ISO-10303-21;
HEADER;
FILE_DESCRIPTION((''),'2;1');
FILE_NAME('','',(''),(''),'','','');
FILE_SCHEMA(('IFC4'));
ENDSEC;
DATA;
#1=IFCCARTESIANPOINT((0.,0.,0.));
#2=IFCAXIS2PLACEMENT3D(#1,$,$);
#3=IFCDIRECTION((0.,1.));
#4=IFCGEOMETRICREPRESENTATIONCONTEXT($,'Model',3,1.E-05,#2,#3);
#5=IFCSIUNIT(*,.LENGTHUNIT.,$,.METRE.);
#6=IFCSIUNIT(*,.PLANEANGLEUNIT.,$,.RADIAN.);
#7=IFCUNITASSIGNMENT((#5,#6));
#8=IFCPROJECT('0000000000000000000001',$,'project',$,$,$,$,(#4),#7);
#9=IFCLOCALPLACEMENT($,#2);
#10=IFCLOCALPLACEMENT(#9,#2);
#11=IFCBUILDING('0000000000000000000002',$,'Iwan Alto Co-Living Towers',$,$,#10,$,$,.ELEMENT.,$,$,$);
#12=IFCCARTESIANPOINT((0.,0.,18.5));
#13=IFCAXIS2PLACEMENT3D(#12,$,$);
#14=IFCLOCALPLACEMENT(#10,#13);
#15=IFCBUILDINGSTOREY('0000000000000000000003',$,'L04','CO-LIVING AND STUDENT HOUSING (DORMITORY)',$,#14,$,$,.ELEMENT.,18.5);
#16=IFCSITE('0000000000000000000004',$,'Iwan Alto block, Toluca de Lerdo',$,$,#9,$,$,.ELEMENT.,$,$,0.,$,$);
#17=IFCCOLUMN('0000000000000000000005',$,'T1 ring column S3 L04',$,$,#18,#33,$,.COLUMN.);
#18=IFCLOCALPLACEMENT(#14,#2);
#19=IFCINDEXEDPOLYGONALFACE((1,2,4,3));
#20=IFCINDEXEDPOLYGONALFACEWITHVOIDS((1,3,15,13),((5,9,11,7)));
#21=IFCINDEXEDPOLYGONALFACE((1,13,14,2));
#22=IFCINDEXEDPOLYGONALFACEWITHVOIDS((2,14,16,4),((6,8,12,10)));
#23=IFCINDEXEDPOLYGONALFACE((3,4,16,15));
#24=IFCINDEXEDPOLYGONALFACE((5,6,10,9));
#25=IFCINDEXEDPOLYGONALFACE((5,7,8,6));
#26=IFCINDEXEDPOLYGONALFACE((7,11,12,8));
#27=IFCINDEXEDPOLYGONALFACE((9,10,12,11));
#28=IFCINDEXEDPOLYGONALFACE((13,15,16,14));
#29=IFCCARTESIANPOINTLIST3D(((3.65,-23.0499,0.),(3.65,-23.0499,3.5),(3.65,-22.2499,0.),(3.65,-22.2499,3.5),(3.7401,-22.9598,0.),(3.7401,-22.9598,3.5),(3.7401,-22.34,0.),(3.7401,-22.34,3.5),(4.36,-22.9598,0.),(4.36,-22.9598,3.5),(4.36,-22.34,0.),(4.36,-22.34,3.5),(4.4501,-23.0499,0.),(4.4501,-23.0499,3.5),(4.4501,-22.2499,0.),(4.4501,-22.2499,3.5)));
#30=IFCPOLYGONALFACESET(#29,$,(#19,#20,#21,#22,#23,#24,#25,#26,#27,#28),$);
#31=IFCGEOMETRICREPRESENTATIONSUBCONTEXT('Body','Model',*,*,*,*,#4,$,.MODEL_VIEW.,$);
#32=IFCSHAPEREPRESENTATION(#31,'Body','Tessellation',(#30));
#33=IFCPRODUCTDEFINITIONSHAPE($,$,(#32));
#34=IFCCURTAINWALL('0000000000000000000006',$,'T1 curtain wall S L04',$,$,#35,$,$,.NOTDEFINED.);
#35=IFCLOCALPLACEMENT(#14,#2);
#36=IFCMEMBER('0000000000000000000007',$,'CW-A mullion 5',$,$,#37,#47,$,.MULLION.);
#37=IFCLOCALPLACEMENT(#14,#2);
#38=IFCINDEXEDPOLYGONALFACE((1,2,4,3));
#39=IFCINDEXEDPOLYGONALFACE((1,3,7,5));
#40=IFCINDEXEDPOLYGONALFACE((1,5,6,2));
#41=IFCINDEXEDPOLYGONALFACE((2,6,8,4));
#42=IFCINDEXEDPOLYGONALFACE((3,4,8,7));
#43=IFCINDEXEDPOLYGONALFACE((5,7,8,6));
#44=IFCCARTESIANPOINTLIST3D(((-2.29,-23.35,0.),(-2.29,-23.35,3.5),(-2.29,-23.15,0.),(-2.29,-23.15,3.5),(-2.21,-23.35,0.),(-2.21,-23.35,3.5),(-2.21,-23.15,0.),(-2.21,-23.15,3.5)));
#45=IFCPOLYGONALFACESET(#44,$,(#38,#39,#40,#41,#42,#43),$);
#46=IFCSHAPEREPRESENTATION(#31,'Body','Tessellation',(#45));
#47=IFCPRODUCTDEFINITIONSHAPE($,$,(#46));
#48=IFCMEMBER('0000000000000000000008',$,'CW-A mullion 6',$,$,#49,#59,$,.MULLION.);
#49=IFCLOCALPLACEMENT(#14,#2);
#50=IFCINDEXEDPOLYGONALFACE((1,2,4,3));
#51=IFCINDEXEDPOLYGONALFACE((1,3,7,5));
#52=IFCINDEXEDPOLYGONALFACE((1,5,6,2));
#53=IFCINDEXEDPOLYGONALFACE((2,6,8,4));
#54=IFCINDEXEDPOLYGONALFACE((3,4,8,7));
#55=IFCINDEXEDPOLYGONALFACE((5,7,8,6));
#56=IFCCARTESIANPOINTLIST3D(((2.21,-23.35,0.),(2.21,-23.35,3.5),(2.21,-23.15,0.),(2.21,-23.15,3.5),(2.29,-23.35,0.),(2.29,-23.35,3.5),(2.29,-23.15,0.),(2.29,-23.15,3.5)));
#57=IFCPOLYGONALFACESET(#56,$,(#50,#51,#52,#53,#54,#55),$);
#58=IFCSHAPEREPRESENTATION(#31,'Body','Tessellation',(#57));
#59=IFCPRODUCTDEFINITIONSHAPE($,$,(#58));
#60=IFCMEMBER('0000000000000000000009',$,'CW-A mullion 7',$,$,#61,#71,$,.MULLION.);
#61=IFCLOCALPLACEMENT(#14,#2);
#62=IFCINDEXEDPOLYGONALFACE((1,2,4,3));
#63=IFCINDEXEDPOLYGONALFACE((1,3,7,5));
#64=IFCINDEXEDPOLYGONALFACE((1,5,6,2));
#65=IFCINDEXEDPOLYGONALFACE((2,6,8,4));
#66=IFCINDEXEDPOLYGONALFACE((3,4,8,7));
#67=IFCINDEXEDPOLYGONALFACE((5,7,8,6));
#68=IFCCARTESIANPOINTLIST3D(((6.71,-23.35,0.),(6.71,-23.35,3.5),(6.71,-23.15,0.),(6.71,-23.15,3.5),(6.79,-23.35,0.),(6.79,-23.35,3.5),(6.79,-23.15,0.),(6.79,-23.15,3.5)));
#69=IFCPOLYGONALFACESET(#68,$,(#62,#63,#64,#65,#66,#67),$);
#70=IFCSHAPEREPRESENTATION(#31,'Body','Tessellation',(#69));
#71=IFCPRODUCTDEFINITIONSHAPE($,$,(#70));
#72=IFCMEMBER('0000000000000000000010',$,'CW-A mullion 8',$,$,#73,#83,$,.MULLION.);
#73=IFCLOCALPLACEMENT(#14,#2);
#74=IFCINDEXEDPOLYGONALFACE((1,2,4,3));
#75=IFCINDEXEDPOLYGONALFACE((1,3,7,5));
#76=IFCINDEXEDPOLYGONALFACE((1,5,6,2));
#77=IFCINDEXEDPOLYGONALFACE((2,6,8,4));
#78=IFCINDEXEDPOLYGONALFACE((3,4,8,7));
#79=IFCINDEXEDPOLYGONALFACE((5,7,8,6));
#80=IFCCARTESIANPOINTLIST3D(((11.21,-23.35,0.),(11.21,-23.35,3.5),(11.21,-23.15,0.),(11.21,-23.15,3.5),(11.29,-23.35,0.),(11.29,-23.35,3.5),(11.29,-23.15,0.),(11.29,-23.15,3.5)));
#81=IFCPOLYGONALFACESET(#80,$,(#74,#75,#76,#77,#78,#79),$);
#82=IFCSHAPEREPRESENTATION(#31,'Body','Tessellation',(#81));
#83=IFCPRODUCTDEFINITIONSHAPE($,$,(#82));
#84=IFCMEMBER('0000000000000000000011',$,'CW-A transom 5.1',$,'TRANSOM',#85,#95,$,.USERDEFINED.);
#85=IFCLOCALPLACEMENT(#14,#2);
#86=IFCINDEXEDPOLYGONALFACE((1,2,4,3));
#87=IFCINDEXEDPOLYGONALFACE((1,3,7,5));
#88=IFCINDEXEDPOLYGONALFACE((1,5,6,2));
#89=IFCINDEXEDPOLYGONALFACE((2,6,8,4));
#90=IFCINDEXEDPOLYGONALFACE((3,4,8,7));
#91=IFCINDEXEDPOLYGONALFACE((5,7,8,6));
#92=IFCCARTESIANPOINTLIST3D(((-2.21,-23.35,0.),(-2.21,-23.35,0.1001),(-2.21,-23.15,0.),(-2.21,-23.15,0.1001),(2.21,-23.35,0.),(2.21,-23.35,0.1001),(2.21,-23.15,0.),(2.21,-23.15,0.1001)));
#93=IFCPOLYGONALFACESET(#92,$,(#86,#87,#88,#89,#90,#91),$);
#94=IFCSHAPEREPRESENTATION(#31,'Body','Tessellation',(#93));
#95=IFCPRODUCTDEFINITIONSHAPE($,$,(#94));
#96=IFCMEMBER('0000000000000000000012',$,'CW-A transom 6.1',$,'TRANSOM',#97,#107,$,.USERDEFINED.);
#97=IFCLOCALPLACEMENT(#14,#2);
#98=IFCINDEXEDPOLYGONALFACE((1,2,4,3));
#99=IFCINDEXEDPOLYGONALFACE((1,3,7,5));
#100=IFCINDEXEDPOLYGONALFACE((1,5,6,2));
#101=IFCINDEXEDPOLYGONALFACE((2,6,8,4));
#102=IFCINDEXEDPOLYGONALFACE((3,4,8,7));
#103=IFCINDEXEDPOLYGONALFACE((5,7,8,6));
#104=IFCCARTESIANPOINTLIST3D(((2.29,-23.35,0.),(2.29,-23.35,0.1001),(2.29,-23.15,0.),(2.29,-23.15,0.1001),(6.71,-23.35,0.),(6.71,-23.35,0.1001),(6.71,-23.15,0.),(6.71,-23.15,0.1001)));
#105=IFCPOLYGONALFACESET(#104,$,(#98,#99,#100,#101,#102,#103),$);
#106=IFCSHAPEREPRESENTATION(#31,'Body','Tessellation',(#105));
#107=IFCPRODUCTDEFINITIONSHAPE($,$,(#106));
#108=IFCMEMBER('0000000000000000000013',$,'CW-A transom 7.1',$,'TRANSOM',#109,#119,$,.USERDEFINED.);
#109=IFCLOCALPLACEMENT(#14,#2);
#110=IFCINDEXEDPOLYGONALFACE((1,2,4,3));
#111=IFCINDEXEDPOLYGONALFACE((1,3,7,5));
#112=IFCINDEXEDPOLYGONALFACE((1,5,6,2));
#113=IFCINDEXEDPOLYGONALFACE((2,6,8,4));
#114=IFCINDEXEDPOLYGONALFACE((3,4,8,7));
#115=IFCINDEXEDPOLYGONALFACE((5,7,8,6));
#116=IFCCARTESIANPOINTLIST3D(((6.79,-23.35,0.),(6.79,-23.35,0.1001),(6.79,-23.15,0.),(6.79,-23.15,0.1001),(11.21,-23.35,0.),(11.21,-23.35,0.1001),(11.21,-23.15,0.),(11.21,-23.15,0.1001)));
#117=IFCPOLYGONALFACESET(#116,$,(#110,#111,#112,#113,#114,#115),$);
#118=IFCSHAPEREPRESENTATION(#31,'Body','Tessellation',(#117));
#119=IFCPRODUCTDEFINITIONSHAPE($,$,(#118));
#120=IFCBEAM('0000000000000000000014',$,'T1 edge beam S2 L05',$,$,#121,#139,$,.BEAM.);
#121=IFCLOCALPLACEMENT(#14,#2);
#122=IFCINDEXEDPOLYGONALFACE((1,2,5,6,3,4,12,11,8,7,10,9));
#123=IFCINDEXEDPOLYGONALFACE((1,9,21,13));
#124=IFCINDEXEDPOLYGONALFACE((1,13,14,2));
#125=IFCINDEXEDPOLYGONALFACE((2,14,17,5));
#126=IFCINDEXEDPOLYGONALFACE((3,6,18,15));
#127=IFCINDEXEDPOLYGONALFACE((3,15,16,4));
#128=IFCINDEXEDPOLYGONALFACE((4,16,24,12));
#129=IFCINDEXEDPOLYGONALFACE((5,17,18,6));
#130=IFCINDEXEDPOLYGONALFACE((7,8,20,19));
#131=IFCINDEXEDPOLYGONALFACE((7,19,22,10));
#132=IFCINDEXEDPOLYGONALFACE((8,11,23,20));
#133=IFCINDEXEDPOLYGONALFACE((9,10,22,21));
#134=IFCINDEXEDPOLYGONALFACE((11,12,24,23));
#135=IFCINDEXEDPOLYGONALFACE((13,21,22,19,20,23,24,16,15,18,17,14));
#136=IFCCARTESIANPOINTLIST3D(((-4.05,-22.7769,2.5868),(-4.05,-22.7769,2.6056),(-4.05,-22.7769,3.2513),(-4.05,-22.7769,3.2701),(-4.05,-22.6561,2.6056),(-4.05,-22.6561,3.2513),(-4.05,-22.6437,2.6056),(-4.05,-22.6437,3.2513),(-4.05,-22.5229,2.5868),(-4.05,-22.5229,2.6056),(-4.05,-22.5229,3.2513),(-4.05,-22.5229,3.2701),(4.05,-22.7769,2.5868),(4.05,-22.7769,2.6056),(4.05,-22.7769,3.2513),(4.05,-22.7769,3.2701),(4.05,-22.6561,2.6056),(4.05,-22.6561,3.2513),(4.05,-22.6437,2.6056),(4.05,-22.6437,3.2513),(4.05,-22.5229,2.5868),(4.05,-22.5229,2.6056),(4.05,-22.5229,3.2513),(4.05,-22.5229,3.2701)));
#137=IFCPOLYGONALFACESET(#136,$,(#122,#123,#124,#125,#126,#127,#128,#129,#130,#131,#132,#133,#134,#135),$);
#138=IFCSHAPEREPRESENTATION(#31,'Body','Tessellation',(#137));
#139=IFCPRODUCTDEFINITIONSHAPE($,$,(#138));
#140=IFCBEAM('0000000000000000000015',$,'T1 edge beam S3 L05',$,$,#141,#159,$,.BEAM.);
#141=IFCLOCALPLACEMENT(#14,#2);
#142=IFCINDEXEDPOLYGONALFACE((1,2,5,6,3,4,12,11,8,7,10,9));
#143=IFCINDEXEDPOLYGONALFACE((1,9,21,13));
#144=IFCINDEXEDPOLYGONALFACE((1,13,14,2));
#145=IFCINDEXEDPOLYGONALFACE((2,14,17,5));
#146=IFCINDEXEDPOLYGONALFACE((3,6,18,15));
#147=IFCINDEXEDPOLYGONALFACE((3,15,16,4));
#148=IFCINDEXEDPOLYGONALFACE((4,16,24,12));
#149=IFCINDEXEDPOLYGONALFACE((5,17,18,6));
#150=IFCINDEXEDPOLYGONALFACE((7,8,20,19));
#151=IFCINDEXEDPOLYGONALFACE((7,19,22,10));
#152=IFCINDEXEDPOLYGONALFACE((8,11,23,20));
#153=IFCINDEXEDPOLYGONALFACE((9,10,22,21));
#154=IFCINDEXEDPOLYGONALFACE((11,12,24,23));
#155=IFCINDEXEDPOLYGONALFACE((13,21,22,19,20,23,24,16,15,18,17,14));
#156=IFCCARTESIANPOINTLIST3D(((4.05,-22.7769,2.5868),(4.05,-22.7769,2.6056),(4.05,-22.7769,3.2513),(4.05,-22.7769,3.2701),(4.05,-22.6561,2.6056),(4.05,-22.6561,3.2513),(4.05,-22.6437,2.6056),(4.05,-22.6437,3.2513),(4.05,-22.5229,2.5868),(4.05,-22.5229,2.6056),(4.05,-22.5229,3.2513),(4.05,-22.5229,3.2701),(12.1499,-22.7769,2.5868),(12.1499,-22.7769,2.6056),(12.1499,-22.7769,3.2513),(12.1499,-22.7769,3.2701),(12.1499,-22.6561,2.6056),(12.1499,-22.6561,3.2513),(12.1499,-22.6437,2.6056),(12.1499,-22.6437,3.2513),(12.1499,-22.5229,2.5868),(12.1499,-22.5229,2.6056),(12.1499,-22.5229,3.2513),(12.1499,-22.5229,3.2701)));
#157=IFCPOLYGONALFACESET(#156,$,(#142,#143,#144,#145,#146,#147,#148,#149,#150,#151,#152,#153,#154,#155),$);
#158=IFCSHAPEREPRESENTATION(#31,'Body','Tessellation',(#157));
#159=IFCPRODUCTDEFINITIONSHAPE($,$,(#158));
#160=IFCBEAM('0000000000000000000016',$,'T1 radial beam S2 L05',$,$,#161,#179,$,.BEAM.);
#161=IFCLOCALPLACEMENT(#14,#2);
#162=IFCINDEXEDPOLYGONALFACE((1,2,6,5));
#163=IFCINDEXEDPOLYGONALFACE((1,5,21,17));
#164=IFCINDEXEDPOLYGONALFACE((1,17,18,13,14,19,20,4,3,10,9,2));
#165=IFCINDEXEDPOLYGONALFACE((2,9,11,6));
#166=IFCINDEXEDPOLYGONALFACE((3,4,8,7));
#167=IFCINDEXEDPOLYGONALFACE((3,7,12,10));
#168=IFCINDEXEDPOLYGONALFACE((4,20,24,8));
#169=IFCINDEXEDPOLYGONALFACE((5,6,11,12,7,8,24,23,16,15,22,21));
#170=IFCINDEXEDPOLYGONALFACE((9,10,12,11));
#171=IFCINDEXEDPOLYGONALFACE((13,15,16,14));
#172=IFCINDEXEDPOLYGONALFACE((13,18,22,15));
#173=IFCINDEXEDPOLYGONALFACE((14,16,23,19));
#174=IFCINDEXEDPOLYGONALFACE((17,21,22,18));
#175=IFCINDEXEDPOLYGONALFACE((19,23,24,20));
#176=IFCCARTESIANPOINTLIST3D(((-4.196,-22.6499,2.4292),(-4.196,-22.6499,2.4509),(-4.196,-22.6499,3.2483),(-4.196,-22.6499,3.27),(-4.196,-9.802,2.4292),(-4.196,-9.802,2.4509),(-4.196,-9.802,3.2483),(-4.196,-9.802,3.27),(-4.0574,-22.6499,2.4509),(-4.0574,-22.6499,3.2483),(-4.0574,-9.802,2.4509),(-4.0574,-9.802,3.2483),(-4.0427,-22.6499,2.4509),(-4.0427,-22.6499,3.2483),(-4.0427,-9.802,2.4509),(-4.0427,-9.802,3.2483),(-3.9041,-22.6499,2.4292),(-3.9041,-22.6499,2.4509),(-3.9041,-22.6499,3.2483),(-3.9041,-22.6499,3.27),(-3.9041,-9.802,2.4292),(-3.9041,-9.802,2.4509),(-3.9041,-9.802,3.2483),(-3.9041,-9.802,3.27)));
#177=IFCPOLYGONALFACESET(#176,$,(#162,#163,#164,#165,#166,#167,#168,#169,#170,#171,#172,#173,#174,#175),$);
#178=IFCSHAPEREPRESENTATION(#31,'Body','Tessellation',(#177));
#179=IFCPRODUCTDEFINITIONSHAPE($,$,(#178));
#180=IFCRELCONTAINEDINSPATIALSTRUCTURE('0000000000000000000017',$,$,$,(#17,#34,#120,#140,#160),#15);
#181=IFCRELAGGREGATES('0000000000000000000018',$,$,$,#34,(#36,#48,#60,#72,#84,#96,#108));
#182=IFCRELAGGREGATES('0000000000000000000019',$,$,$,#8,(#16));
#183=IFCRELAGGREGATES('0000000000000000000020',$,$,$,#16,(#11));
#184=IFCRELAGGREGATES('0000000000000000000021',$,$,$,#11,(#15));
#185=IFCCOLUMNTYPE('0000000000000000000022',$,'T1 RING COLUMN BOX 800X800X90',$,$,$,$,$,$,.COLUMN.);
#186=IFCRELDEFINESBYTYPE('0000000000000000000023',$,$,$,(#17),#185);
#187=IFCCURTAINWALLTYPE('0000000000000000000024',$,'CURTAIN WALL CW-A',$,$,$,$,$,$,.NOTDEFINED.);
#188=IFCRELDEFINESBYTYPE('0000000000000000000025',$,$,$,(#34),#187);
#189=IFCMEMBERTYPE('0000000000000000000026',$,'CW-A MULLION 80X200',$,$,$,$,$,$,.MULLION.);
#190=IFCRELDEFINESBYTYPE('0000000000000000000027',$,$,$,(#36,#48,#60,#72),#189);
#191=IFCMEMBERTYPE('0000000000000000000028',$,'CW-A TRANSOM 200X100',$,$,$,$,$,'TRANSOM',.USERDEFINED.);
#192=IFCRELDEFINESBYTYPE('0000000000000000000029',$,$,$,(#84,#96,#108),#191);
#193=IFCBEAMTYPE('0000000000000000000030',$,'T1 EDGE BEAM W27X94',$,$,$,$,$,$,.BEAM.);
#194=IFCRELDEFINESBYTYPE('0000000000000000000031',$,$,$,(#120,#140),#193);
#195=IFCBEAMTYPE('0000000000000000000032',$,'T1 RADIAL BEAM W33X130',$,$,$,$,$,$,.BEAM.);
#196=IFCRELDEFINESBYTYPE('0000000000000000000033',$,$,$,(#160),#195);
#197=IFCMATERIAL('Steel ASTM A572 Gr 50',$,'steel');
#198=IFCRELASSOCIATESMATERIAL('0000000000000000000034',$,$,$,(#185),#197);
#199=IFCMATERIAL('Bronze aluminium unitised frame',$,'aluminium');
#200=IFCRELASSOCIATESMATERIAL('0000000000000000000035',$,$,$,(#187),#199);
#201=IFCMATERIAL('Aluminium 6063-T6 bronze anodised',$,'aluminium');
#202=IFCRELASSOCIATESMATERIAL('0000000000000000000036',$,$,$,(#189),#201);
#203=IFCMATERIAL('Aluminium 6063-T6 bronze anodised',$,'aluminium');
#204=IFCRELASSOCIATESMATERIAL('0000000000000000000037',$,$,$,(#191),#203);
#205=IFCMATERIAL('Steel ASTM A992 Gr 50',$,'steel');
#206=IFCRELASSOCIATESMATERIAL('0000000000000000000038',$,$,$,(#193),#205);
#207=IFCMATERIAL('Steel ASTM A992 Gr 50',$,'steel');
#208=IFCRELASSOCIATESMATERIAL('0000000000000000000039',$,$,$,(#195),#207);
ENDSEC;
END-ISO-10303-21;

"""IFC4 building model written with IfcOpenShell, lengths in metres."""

from ifc_helpers import new_model, si_unit, direction, frame, origin, origin_2d, place, context, subcontext, project, spatial, rectangle, hollow_rectangle, i_section, extrude, material, material_profile, profile_set, type_object, element, aggregate, save


model = new_model("IFC4")

# Units and contexts
model_context = context("Model", 3, precision=1e-05, world=origin(), true_north=direction((0.0, 1.0)))
body_context = subcontext(model_context, "Body", "Model", "MODEL_VIEW")
ifc_project = project(units=[si_unit("LENGTHUNIT", "METRE"), si_unit("PLANEANGLEUNIT", "RADIAN")], contexts=[model_context])

# Site, building, storey
site_placement = place(None, origin())
site = spatial("IfcSite", under=ifc_project, at=site_placement, Name="Iwan Alto block, Toluca de Lerdo", CompositionType="ELEMENT", RefElevation=0.0)
building_placement = place(site_placement, origin())
building = spatial("IfcBuilding", under=site, at=building_placement, Name="Iwan Alto Co-Living Towers", CompositionType="ELEMENT")
storey_placement = place(building_placement, frame((0.0, 0.0, 18.5)))
storey = spatial("IfcBuildingStorey", under=building, at=storey_placement, Name="L04", Description="CO-LIVING AND STUDENT HOUSING (DORMITORY)", CompositionType="ELEMENT", Elevation=18.5)

# Column
ifc_material_1 = material(Name="Steel ASTM A572 Gr 50", Category="steel")
ifc_material_profile_1 = material_profile(ifc_material_1, hollow_rectangle(XDim=0.8, YDim=0.8, WallThickness=0.0901, at=origin_2d()), Name="BOX 800X800X90")
ifc_profile_set_1 = profile_set([ifc_material_profile_1], Name="Steel ASTM A572 Gr 50")
column_type = type_object("IfcColumnType", Name="T1 RING COLUMN BOX 800X800X90", PredefinedType="COLUMN", material=ifc_profile_set_1)
column_placement = place(storey_placement, frame((4.05, -22.6499, 0.0), z_axis=(0.0, 0.0, 1.0), x_axis=(1.0, 0.0, 0.0)))
element("IfcColumn", 1, at=column_placement, inside=storey, type_object=column_type, Name="T1 ring column S3 L04", PredefinedType="COLUMN", context=body_context, shape_type="SweptSolid", body=[
    extrude(hollow_rectangle(XDim=0.8, YDim=0.8, WallThickness=0.0901, at=origin_2d()), origin(), (0.0, 0.0, 1.0), 3.5),
])

# Curtain wall, members
ifc_material_2 = material(Name="Bronze aluminium unitised frame", Category="aluminium")
curtain_wall_type = type_object("IfcCurtainWallType", Name="CURTAIN WALL CW-A", PredefinedType="NOTDEFINED", material=ifc_material_2)
curtain_wall_placement = place(storey_placement, origin())
curtain_wall = element("IfcCurtainWall", 2, at=curtain_wall_placement, inside=storey, type_object=curtain_wall_type, Name="T1 curtain wall S L04", PredefinedType="NOTDEFINED")
ifc_material_3 = material(Name="Aluminium 6063-T6 bronze anodised", Category="aluminium")
ifc_material_profile_2 = material_profile(ifc_material_3, rectangle(XDim=0.2, YDim=0.0801, at=origin_2d()), Name="AL 80X200")
ifc_profile_set_2 = profile_set([ifc_material_profile_2], Name="Aluminium 6063-T6 bronze anodised")
member_type_1 = type_object("IfcMemberType", Name="CW-A MULLION 80X200", PredefinedType="MULLION", material=ifc_profile_set_2)
member_1_placement = place(storey_placement, frame((-2.25, -23.25, 0.0), z_axis=(0.0, 0.0, 1.0), x_axis=(0.0, 1.0, 0.0)))
member_1 = element("IfcMember", 3, at=member_1_placement, type_object=member_type_1, Name="CW-A mullion 5", PredefinedType="MULLION", context=body_context, shape_type="SweptSolid", body=[
    extrude(rectangle(XDim=0.2, YDim=0.0801, at=origin_2d()), origin(), (0.0, 0.0, 1.0), 3.5),
])
member_2_placement = place(storey_placement, frame((2.25, -23.25, 0.0), z_axis=(0.0, 0.0, 1.0), x_axis=(0.0, 1.0, 0.0)))
member_2 = element("IfcMember", 4, at=member_2_placement, type_object=member_type_1, Name="CW-A mullion 6", PredefinedType="MULLION", context=body_context, shape_type="SweptSolid", body=[
    extrude(rectangle(XDim=0.2, YDim=0.0801, at=origin_2d()), origin(), (0.0, 0.0, 1.0), 3.5),
])
member_3_placement = place(storey_placement, frame((6.75, -23.25, 0.0), z_axis=(0.0, 0.0, 1.0), x_axis=(0.0, 1.0, 0.0)))
member_3 = element("IfcMember", 5, at=member_3_placement, type_object=member_type_1, Name="CW-A mullion 7", PredefinedType="MULLION", context=body_context, shape_type="SweptSolid", body=[
    extrude(rectangle(XDim=0.2, YDim=0.0801, at=origin_2d()), origin(), (0.0, 0.0, 1.0), 3.5),
])
member_4_placement = place(storey_placement, frame((11.25, -23.25, 0.0), z_axis=(0.0, 0.0, 1.0), x_axis=(0.0, 1.0, 0.0)))
member_4 = element("IfcMember", 6, at=member_4_placement, type_object=member_type_1, Name="CW-A mullion 8", PredefinedType="MULLION", context=body_context, shape_type="SweptSolid", body=[
    extrude(rectangle(XDim=0.2, YDim=0.0801, at=origin_2d()), origin(), (0.0, 0.0, 1.0), 3.5),
])
ifc_material_4 = material(Name="Aluminium 6063-T6 bronze anodised", Category="aluminium")
ifc_material_profile_3 = material_profile(ifc_material_4, rectangle(XDim=0.2, YDim=0.1001, at=origin_2d()), Name="AL 200X100")
ifc_profile_set_3 = profile_set([ifc_material_profile_3], Name="Aluminium 6063-T6 bronze anodised")
member_type_2 = type_object("IfcMemberType", Name="CW-A TRANSOM 200X100", ElementType="TRANSOM", PredefinedType="USERDEFINED", material=ifc_profile_set_3)
member_5_placement = place(storey_placement, frame((-2.21, -23.25, 0.05), z_axis=(1.0, 0.0, 0.0), x_axis=(0.0, 1.0, 0.0)))
member_5 = element("IfcMember", 7, at=member_5_placement, type_object=member_type_2, Name="CW-A transom 5.1", ObjectType="TRANSOM", PredefinedType="USERDEFINED", context=body_context, shape_type="SweptSolid", body=[
    extrude(rectangle(XDim=0.2, YDim=0.1001, at=origin_2d()), origin(), (0.0, 0.0, 1.0), 4.4199),
])
member_6_placement = place(storey_placement, frame((2.29, -23.25, 0.05), z_axis=(1.0, 0.0, 0.0), x_axis=(0.0, 1.0, 0.0)))
member_6 = element("IfcMember", 8, at=member_6_placement, type_object=member_type_2, Name="CW-A transom 6.1", ObjectType="TRANSOM", PredefinedType="USERDEFINED", context=body_context, shape_type="SweptSolid", body=[
    extrude(rectangle(XDim=0.2, YDim=0.1001, at=origin_2d()), origin(), (0.0, 0.0, 1.0), 4.4199),
])
member_7_placement = place(storey_placement, frame((6.79, -23.25, 0.05), z_axis=(1.0, 0.0, 0.0), x_axis=(0.0, 1.0, 0.0)))
member_7 = element("IfcMember", 9, at=member_7_placement, type_object=member_type_2, Name="CW-A transom 7.1", ObjectType="TRANSOM", PredefinedType="USERDEFINED", context=body_context, shape_type="SweptSolid", body=[
    extrude(rectangle(XDim=0.2, YDim=0.1001, at=origin_2d()), origin(), (0.0, 0.0, 1.0), 4.4199),
])

# Beams
ifc_material_5 = material(Name="Steel ASTM A992 Gr 50", Category="steel")
ifc_material_profile_4 = material_profile(ifc_material_5, i_section(OverallWidth=0.2539, OverallDepth=0.6833, WebThickness=0.0125, FlangeThickness=0.0188, at=origin_2d()), Name="W27X94")
ifc_profile_set_4 = profile_set([ifc_material_profile_4], Name="Steel ASTM A992 Gr 50")
beam_type_1 = type_object("IfcBeamType", Name="T1 EDGE BEAM W27X94", PredefinedType="BEAM", material=ifc_profile_set_4)
beam_1_placement = place(storey_placement, frame((-4.05, -22.6499, 2.9285), z_axis=(1.0, 0.0, 0.0), x_axis=(0.0, 1.0, 0.0)))
element("IfcBeam", 10, at=beam_1_placement, inside=storey, type_object=beam_type_1, Name="T1 edge beam S2 L05", PredefinedType="BEAM", context=body_context, shape_type="SweptSolid", body=[
    extrude(i_section(OverallWidth=0.2539, OverallDepth=0.6833, WebThickness=0.0125, FlangeThickness=0.0188, at=origin_2d()), origin(), (0.0, 0.0, 1.0), 8.1001),
])
beam_2_placement = place(storey_placement, frame((4.05, -22.6499, 2.9285), z_axis=(1.0, 0.0, 0.0), x_axis=(0.0, 1.0, 0.0)))
element("IfcBeam", 11, at=beam_2_placement, inside=storey, type_object=beam_type_1, Name="T1 edge beam S3 L05", PredefinedType="BEAM", context=body_context, shape_type="SweptSolid", body=[
    extrude(i_section(OverallWidth=0.2539, OverallDepth=0.6833, WebThickness=0.0125, FlangeThickness=0.0188, at=origin_2d()), origin(), (0.0, 0.0, 1.0), 8.0999),
])
ifc_material_6 = material(Name="Steel ASTM A992 Gr 50", Category="steel")
ifc_material_profile_5 = material_profile(ifc_material_6, i_section(OverallWidth=0.292, OverallDepth=0.8408, WebThickness=0.0146, FlangeThickness=0.0217, at=origin_2d()), Name="W33X130")
ifc_profile_set_5 = profile_set([ifc_material_profile_5], Name="Steel ASTM A992 Gr 50")
beam_type_2 = type_object("IfcBeamType", Name="T1 RADIAL BEAM W33X130", PredefinedType="BEAM", material=ifc_profile_set_5)
beam_3_placement = place(storey_placement, frame((-4.05, -22.6499, 2.8496), z_axis=(0.0, 1.0, 0.0), x_axis=(-1.0, 0.0, 0.0)))
element("IfcBeam", 12, at=beam_3_placement, inside=storey, type_object=beam_type_2, Name="T1 radial beam S2 L05", PredefinedType="BEAM", context=body_context, shape_type="SweptSolid", body=[
    extrude(i_section(OverallWidth=0.292, OverallDepth=0.8408, WebThickness=0.0146, FlangeThickness=0.0217, at=origin_2d()), origin(), (0.0, 0.0, 1.0), 12.8479),
])

aggregate(curtain_wall, [member_1, member_2, member_3, member_4, member_5, member_6, member_7])

save(model, "model.ifc")
